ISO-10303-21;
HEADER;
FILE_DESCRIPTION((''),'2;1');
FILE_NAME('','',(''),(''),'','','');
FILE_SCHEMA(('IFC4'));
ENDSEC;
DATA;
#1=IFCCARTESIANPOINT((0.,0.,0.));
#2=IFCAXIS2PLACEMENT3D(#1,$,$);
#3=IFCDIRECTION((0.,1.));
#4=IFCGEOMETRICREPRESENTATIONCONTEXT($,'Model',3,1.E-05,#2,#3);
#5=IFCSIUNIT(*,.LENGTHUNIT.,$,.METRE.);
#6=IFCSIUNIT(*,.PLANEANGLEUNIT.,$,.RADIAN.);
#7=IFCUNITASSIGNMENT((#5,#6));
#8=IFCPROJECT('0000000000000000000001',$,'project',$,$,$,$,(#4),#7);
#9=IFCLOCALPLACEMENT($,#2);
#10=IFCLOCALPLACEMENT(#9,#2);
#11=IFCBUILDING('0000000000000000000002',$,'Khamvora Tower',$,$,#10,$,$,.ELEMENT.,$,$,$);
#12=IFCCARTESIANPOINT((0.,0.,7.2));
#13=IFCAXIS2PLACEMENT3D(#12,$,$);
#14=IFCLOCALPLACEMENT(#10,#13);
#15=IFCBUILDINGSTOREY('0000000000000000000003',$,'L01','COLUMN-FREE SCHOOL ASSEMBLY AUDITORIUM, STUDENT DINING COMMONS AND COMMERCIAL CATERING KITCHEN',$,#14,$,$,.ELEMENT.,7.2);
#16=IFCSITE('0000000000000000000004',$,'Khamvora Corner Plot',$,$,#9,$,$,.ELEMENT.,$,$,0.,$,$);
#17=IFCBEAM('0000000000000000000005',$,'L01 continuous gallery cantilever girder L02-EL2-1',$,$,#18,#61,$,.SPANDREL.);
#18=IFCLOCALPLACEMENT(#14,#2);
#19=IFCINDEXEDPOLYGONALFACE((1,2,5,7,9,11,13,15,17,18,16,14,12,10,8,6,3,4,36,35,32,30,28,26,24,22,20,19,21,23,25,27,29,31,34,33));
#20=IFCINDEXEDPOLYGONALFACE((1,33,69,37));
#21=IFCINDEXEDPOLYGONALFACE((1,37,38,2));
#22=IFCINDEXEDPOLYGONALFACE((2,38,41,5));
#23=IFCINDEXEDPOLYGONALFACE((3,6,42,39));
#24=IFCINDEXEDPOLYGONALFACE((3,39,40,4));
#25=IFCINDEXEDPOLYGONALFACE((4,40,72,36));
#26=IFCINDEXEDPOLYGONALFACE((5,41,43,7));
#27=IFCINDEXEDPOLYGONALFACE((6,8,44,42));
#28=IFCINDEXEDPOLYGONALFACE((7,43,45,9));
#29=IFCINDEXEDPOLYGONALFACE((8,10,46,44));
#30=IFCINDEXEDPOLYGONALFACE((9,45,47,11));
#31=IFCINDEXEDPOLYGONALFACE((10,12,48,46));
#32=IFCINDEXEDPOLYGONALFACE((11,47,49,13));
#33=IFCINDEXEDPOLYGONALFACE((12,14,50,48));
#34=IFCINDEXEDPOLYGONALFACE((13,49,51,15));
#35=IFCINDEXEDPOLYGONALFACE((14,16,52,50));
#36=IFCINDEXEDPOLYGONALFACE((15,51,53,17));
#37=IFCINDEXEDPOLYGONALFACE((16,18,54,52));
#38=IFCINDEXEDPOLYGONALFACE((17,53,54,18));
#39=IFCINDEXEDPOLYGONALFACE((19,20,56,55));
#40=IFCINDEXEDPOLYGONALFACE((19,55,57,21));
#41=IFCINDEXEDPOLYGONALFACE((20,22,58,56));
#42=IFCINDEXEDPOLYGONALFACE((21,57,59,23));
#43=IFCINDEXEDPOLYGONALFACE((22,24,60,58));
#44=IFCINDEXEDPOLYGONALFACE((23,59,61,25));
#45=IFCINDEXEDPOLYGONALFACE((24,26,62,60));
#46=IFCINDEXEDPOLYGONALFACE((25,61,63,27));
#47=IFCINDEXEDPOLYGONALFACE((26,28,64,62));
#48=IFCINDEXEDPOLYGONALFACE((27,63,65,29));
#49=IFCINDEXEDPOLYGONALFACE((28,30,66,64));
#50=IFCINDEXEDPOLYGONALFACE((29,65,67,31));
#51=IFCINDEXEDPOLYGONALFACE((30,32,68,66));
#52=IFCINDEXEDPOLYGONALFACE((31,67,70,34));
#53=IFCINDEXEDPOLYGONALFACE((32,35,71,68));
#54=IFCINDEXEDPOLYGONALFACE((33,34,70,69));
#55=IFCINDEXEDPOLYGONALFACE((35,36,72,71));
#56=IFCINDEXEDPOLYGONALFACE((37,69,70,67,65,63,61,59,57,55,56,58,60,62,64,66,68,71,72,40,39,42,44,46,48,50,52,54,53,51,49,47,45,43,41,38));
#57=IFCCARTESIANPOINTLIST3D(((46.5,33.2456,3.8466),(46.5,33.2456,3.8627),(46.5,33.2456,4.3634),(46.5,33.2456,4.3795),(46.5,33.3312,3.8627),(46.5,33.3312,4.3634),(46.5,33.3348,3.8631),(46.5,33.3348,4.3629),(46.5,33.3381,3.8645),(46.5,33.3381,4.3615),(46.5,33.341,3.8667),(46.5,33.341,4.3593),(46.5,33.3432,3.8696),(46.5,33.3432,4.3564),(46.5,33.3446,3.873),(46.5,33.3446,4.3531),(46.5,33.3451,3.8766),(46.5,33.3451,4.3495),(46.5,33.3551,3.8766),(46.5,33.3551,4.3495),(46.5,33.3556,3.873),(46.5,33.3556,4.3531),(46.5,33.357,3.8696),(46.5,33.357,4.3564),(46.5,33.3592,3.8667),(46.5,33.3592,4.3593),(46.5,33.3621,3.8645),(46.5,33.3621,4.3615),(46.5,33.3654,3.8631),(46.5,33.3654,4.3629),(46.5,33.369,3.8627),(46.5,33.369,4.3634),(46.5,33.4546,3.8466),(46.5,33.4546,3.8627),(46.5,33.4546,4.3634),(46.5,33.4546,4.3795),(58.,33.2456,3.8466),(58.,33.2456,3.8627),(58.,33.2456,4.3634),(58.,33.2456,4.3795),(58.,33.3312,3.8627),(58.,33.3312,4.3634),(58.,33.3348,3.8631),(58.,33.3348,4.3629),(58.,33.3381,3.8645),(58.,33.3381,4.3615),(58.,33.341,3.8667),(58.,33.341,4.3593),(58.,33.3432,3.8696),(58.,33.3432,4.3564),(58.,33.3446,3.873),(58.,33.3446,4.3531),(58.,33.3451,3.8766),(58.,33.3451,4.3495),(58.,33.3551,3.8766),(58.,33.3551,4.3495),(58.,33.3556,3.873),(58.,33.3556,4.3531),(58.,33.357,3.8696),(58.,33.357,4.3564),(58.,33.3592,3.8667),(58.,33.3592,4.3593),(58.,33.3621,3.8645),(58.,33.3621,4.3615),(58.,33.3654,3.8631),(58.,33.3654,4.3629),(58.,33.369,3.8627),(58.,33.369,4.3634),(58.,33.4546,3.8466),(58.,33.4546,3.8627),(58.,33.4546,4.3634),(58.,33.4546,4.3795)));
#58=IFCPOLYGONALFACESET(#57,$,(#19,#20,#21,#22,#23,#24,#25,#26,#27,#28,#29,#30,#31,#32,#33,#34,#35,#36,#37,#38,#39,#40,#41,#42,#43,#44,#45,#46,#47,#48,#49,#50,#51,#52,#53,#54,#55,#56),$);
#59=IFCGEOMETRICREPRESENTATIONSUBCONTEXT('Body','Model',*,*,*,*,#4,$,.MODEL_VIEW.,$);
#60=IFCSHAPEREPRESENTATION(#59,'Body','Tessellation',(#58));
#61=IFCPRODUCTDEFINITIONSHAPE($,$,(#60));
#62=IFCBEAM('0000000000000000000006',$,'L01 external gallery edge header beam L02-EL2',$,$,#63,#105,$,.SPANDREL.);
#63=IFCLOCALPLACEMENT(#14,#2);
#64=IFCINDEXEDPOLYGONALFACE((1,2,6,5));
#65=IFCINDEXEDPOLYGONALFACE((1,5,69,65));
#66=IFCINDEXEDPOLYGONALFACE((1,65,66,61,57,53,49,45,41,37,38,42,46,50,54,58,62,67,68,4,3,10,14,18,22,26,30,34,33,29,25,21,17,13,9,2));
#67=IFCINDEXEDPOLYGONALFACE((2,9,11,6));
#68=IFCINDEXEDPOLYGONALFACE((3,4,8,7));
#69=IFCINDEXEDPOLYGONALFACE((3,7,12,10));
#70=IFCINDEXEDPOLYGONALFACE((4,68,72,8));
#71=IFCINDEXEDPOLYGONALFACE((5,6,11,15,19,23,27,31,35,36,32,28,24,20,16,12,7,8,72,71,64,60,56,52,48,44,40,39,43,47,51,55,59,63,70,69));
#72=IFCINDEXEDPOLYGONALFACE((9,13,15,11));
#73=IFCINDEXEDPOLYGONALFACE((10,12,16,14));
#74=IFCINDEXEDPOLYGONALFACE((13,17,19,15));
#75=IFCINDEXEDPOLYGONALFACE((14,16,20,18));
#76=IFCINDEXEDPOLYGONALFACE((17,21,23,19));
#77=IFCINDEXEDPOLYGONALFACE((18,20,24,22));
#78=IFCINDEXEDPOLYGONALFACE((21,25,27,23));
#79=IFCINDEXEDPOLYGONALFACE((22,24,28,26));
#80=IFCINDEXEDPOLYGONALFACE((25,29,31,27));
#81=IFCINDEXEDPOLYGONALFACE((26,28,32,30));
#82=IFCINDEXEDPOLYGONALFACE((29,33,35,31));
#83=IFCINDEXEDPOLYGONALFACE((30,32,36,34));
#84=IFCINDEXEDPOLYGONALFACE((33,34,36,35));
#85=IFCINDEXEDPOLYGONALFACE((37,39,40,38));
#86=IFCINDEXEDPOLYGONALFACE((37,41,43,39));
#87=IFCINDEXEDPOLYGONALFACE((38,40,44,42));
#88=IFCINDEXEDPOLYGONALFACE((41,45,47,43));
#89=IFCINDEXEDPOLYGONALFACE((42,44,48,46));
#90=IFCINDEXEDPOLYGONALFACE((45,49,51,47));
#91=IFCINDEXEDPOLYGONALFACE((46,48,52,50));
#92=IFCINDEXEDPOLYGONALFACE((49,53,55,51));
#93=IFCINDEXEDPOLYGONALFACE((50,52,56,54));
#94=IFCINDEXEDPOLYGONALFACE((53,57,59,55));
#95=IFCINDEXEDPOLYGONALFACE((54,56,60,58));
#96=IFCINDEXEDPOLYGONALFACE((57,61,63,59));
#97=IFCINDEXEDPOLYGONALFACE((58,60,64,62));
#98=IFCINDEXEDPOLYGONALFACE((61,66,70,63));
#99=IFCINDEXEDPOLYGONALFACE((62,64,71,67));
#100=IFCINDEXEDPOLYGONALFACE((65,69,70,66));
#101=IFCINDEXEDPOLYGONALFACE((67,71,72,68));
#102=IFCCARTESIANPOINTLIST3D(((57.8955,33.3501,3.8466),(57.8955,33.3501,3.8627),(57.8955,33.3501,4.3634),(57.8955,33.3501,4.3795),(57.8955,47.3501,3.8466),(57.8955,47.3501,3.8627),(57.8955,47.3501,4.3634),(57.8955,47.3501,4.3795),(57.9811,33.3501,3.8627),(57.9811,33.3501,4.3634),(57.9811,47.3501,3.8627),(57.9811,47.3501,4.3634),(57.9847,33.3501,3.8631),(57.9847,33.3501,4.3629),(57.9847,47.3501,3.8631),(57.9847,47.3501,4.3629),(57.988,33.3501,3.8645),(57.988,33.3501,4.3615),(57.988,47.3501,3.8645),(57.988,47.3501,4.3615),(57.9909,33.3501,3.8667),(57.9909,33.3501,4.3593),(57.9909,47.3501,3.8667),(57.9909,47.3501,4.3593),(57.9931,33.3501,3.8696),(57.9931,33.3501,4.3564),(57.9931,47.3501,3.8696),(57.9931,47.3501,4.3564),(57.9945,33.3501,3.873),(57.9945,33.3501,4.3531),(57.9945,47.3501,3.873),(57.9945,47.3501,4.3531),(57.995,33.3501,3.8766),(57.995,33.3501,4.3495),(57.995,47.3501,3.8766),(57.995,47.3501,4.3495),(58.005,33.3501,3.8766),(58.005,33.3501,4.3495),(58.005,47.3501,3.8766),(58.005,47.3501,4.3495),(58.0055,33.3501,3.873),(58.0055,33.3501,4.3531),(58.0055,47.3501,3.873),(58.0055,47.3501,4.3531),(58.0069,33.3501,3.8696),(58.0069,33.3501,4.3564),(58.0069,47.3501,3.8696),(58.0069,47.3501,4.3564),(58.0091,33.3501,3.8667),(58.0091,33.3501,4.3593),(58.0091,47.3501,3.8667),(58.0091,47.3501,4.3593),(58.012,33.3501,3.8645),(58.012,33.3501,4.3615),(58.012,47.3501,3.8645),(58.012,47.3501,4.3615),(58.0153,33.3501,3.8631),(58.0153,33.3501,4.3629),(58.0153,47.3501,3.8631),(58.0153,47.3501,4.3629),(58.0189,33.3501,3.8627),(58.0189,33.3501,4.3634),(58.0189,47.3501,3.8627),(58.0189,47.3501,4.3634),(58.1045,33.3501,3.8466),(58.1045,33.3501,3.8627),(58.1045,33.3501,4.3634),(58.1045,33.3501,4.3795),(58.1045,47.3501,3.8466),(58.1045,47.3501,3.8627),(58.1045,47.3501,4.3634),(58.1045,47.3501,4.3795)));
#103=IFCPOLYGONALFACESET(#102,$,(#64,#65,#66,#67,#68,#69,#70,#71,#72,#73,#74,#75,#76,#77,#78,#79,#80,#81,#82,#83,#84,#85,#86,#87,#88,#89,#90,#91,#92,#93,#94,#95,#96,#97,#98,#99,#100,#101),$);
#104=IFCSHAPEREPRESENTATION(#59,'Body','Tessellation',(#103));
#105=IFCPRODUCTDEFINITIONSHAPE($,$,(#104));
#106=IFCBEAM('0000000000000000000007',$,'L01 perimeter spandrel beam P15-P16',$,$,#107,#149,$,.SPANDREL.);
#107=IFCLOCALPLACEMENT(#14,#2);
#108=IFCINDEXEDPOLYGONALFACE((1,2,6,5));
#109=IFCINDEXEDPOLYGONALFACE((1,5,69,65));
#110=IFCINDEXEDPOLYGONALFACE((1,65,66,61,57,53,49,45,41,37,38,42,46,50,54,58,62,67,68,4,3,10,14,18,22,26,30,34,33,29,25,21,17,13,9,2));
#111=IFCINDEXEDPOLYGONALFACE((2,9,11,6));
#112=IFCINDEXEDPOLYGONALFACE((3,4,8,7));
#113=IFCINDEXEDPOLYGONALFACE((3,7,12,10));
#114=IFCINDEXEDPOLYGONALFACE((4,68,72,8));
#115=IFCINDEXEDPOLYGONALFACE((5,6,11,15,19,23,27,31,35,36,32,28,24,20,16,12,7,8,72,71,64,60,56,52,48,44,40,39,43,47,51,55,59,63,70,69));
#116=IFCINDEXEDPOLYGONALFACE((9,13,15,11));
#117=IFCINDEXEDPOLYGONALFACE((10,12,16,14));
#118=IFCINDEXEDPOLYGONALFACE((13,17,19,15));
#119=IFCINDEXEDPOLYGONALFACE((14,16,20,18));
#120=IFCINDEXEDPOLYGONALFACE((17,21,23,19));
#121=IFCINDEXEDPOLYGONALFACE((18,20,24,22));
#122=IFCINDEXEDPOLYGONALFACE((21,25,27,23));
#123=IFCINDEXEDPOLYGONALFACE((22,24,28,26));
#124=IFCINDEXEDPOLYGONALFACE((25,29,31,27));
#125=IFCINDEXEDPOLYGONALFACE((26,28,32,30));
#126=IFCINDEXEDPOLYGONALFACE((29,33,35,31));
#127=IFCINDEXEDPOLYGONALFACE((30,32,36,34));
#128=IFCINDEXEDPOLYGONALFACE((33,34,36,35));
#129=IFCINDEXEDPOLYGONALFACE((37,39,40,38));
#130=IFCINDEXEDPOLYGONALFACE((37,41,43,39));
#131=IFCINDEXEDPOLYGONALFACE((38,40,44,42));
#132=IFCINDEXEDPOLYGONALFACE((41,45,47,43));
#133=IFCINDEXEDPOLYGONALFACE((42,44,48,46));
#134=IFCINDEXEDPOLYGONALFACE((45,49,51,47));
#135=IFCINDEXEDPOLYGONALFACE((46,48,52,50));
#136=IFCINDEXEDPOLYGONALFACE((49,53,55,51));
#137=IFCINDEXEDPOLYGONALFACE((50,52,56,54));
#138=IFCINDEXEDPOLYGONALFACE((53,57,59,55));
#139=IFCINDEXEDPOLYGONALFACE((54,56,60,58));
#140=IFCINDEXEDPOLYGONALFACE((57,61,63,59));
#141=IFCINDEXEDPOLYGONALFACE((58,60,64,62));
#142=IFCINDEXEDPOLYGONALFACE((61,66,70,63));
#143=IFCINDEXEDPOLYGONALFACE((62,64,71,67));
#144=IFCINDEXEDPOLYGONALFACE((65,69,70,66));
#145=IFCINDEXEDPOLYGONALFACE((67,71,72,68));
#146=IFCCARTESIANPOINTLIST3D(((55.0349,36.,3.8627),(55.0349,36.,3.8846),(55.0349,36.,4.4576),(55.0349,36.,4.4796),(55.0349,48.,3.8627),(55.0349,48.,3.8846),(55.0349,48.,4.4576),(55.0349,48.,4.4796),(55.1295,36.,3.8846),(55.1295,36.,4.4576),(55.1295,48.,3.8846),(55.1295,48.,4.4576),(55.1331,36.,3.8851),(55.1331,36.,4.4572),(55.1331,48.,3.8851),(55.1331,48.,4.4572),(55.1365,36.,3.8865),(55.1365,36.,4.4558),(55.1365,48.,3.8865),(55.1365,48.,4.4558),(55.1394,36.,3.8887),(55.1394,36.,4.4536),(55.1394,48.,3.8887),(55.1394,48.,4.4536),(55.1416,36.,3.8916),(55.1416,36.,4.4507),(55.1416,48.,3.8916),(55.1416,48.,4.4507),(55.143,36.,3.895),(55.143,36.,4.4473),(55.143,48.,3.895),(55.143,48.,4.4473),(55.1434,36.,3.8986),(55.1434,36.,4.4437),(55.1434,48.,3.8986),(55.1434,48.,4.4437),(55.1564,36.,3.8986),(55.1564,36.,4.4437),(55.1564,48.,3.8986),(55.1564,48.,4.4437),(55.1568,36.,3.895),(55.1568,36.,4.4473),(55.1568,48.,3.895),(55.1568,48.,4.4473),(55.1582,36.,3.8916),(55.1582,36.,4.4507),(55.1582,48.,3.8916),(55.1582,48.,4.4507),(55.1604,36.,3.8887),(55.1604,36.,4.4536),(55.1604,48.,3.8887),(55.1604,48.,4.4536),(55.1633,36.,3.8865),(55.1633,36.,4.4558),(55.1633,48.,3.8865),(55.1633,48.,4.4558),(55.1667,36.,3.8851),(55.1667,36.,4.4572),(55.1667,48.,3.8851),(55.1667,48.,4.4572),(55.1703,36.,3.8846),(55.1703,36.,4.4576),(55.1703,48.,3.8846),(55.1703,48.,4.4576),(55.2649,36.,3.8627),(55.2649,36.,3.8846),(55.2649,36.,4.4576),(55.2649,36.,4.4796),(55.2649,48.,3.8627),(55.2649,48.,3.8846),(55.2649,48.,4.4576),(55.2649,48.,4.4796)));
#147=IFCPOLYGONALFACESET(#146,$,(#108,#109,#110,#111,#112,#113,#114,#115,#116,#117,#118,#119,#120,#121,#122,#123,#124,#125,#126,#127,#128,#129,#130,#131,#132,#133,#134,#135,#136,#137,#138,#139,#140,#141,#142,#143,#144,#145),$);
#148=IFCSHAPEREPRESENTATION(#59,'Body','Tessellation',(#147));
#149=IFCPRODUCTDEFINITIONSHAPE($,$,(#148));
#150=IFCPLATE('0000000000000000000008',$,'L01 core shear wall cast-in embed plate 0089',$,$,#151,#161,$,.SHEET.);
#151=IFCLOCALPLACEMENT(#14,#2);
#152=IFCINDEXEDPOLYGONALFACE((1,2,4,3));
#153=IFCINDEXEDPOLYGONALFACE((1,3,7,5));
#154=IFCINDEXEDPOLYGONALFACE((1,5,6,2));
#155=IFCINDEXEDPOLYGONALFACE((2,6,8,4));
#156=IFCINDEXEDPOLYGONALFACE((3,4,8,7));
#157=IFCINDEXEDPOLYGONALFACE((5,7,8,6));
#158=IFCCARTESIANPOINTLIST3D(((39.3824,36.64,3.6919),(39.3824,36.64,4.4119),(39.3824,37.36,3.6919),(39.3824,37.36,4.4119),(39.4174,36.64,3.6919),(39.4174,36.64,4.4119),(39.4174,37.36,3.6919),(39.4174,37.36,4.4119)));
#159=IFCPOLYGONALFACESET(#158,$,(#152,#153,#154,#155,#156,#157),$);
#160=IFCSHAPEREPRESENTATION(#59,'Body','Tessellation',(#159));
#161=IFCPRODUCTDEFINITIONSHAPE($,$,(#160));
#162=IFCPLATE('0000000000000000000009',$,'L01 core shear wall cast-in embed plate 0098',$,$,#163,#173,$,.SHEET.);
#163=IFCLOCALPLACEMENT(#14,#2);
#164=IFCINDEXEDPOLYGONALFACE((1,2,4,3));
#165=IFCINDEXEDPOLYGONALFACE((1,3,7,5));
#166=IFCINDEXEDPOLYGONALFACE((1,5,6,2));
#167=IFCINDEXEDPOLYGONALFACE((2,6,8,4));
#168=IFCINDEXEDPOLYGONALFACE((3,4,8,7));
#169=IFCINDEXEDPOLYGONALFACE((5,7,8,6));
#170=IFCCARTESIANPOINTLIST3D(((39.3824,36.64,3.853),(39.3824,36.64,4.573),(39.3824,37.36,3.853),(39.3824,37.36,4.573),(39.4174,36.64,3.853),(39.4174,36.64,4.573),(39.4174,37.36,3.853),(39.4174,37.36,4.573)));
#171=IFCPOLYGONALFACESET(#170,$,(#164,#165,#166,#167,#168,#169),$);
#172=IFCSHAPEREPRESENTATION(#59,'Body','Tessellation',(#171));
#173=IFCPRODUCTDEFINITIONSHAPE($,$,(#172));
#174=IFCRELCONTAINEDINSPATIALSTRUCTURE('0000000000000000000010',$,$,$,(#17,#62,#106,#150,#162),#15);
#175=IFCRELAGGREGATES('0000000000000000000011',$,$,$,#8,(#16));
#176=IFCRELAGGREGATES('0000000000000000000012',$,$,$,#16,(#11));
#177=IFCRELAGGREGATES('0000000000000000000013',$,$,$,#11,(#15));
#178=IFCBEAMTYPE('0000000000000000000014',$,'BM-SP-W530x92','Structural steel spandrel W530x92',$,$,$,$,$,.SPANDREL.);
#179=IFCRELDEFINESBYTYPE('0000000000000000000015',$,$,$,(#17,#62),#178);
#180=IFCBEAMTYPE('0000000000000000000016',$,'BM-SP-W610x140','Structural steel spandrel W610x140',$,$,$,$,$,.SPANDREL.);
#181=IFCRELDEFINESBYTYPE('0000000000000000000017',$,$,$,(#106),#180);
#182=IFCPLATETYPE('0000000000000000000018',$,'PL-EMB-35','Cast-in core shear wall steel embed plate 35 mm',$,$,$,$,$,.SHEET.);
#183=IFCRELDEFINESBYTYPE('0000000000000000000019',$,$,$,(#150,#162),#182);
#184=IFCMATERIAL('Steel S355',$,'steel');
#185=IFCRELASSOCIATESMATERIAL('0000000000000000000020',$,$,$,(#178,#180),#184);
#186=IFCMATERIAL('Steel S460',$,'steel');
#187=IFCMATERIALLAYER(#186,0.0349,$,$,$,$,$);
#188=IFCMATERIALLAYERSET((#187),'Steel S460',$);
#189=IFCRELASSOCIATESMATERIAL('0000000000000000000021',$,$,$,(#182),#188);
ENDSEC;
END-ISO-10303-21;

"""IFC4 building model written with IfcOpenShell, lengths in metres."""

from ifc_helpers import new_model, si_unit, direction, frame, origin, origin_2d, place, context, subcontext, project, spatial, rectangle, i_section, extrude, material, layer, layer_set, material_profile, profile_set, type_object, element, save


model = new_model("IFC4")

# Units and contexts
model_context = context("Model", 3, precision=1e-05, world=origin(), true_north=direction((0.0, 1.0)))
body_context = subcontext(model_context, "Body", "Model", "MODEL_VIEW")
ifc_project = project(units=[si_unit("LENGTHUNIT", "METRE"), si_unit("PLANEANGLEUNIT", "RADIAN")], contexts=[model_context])

# Site, building, storey
site_placement = place(None, origin())
site = spatial("IfcSite", under=ifc_project, at=site_placement, Name="Khamvora Corner Plot", CompositionType="ELEMENT", RefElevation=0.0)
building_placement = place(site_placement, origin())
building = spatial("IfcBuilding", under=site, at=building_placement, Name="Khamvora Tower", CompositionType="ELEMENT")
storey_placement = place(building_placement, frame((0.0, 0.0, 7.2)))
storey = spatial("IfcBuildingStorey", under=building, at=storey_placement, Name="L01", Description="COLUMN-FREE SCHOOL ASSEMBLY AUDITORIUM, STUDENT DINING COMMONS AND COMMERCIAL CATERING KITCHEN", CompositionType="ELEMENT", Elevation=7.2)

# Shared definitions
ifc_material_1 = material(Name="Steel S460", Category="steel")

# Beams
ifc_material_2 = material(Name="Steel S355", Category="steel")
ifc_material_profile_1 = material_profile(ifc_material_2, i_section(OverallWidth=0.209, OverallDepth=0.533, WebThickness=0.01, FlangeThickness=0.0161, FilletRadius=0.0139, at=origin_2d()), Name="W530x92")
ifc_profile_set_1 = profile_set([ifc_material_profile_1], Name="Steel S355")
beam_type_1 = type_object("IfcBeamType", Name="BM-SP-W530x92", Description="Structural steel spandrel W530x92", PredefinedType="SPANDREL", material=ifc_profile_set_1)
beam_1_placement = place(storey_placement, frame((46.5, 33.3501, 4.113), z_axis=(1.0, 0.0, 0.0), x_axis=(0.0, 1.0, 0.0)))
element("IfcBeam", 1, at=beam_1_placement, inside=storey, type_object=beam_type_1, Name="L01 continuous gallery cantilever girder L02-EL2-1", PredefinedType="SPANDREL", context=body_context, shape_type="SweptSolid", body=[
    extrude(i_section(OverallWidth=0.209, OverallDepth=0.533, WebThickness=0.01, FlangeThickness=0.0161, FilletRadius=0.0139, at=origin_2d()), origin(), (0.0, 0.0, 1.0), 11.5),
])
beam_2_placement = place(storey_placement, frame((58.0, 33.3501, 4.113), z_axis=(0.0, 1.0, 0.0), x_axis=(-1.0, 0.0, 0.0)))
element("IfcBeam", 2, at=beam_2_placement, inside=storey, type_object=beam_type_1, Name="L01 external gallery edge header beam L02-EL2", PredefinedType="SPANDREL", context=body_context, shape_type="SweptSolid", body=[
    extrude(i_section(OverallWidth=0.209, OverallDepth=0.533, WebThickness=0.01, FlangeThickness=0.0161, FilletRadius=0.0139, at=origin_2d()), origin(), (0.0, 0.0, 1.0), 14.0),
])
ifc_material_profile_2 = material_profile(ifc_material_2, i_section(OverallWidth=0.23, OverallDepth=0.6169, WebThickness=0.0129, FlangeThickness=0.022, FilletRadius=0.0139, at=origin_2d()), Name="W610x140")
ifc_profile_set_2 = profile_set([ifc_material_profile_2], Name="Steel S355")
beam_type_2 = type_object("IfcBeamType", Name="BM-SP-W610x140", Description="Structural steel spandrel W610x140", PredefinedType="SPANDREL", material=ifc_profile_set_2)
beam_3_placement = place(storey_placement, frame((55.1499, 36.0, 4.1711), z_axis=(0.0, 1.0, 0.0), x_axis=(-1.0, 0.0, 0.0)))
element("IfcBeam", 3, at=beam_3_placement, inside=storey, type_object=beam_type_2, Name="L01 perimeter spandrel beam P15-P16", PredefinedType="SPANDREL", context=body_context, shape_type="SweptSolid", body=[
    extrude(i_section(OverallWidth=0.23, OverallDepth=0.6169, WebThickness=0.0129, FlangeThickness=0.022, FilletRadius=0.0139, at=origin_2d()), origin(), (0.0, 0.0, 1.0), 12.0),
])

# Plates
ifc_layer_1 = layer(ifc_material_1, 0.0349)
ifc_layer_set_1 = layer_set([ifc_layer_1], Name="Steel S460")
plate_type = type_object("IfcPlateType", Name="PL-EMB-35", Description="Cast-in core shear wall steel embed plate 35 mm", PredefinedType="SHEET", material=ifc_layer_set_1)
for number, where, z_axis, x_axis, name in (
    (4, (39.3999, 37.0, 3.6919), (0.0, 0.0, 1.0), (1.0, 0.0, 0.0), "L01 core shear wall cast-in embed plate 0089"),
    (5, (39.3999, 37.0, 3.853), (0.0, 0.0, 1.0), (1.0, 0.0, 0.0), "L01 core shear wall cast-in embed plate 0098"),
):
    element("IfcPlate", number, at=place(storey_placement, frame(where, z_axis=z_axis, x_axis=x_axis)), inside=storey, type_object=plate_type, Name=name, PredefinedType="SHEET", context=body_context, shape_type="SweptSolid", body=[
        extrude(rectangle(XDim=0.0349, YDim=0.72, at=origin_2d()), origin(), (0.0, 0.0, 1.0), 0.72),
    ])

save(model, "model.ifc")
